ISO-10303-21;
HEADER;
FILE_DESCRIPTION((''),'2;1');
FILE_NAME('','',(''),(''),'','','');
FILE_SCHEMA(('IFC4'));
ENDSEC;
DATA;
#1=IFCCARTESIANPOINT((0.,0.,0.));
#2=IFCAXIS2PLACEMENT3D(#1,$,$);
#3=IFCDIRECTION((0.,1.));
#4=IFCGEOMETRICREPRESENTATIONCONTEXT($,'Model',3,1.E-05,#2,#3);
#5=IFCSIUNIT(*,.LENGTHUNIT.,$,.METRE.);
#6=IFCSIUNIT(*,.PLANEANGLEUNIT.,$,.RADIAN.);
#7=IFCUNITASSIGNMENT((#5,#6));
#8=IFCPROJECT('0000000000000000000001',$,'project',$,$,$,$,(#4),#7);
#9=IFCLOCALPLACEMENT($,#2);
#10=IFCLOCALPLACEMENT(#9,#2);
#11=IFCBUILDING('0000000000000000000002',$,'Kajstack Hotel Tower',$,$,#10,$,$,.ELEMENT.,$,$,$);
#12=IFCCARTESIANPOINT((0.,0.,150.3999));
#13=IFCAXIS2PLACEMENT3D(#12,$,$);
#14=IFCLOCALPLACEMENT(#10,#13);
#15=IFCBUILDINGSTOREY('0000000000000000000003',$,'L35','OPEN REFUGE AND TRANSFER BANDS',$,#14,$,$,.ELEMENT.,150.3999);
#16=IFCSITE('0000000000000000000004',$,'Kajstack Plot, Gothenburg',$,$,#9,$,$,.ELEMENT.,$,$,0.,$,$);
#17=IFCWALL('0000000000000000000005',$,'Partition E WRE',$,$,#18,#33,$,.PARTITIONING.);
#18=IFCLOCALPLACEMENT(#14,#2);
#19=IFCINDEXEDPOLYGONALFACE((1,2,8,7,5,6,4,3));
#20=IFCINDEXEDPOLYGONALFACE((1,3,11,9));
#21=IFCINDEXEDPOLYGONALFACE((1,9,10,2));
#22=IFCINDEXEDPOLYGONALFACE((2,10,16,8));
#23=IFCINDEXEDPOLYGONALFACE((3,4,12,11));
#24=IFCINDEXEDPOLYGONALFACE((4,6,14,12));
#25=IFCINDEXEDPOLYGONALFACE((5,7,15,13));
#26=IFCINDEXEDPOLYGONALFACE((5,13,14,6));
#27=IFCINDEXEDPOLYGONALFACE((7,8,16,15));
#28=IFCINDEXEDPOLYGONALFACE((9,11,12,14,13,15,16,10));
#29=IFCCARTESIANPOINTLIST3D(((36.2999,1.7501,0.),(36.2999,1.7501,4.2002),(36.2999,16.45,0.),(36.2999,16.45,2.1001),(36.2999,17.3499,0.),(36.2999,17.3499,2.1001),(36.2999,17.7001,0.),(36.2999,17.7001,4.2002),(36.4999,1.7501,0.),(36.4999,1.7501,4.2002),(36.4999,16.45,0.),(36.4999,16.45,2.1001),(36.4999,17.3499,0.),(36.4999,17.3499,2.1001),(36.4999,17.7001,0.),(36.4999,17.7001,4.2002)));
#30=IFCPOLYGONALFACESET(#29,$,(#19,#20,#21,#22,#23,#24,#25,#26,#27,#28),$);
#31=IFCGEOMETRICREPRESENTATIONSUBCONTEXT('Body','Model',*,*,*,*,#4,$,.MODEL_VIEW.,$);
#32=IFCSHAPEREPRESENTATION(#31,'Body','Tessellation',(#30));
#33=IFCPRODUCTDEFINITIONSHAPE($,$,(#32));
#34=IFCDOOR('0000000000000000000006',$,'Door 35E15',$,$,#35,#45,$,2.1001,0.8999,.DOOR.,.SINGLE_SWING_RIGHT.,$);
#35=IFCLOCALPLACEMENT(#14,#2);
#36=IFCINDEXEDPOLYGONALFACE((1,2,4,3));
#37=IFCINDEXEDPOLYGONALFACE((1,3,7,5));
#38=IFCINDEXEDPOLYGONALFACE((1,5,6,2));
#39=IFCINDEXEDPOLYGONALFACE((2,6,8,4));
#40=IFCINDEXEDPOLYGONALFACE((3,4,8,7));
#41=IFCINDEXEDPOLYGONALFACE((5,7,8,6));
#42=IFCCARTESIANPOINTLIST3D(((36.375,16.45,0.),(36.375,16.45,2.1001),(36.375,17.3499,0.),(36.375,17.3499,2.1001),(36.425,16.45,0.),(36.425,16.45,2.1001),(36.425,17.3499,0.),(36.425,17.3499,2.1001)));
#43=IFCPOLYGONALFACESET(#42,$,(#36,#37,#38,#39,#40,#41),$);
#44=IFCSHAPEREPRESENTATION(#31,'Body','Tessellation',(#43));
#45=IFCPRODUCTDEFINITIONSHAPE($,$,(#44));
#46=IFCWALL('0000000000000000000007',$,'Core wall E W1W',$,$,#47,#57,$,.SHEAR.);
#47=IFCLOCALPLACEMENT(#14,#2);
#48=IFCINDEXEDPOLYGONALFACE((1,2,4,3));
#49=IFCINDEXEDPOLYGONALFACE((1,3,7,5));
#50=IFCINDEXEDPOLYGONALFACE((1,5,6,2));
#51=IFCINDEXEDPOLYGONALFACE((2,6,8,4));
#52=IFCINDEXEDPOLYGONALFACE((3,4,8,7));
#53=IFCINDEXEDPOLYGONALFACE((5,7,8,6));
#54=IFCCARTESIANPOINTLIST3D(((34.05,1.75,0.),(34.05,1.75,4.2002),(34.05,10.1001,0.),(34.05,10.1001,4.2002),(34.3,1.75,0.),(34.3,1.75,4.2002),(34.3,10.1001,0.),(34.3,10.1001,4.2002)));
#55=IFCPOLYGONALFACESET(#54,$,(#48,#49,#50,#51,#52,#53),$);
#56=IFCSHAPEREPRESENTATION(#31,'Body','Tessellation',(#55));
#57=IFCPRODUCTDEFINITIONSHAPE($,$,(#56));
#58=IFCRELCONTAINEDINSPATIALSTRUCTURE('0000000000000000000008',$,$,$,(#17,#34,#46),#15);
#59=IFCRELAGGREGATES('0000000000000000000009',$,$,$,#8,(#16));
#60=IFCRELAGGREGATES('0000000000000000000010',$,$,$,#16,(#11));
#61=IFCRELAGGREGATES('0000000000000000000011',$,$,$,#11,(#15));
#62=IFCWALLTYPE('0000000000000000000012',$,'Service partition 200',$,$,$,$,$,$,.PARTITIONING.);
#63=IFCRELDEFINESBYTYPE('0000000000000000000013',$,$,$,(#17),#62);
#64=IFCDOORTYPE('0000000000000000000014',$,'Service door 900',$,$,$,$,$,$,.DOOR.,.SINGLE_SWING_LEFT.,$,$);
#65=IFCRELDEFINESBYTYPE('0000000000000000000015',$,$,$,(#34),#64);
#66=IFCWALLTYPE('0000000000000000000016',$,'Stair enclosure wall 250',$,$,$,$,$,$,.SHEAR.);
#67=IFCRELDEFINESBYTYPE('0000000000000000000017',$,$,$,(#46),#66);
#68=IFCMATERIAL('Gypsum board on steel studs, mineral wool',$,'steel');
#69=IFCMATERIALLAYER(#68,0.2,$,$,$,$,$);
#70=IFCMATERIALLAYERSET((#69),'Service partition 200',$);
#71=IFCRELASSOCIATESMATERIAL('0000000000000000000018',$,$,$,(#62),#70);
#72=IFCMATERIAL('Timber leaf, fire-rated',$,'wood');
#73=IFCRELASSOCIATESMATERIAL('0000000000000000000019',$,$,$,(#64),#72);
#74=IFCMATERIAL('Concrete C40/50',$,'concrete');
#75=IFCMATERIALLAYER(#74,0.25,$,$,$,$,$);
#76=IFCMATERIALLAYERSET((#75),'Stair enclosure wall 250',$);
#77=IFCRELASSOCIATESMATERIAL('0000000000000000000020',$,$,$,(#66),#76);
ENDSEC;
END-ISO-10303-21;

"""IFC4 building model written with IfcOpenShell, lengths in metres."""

from ifc_helpers import new_model, si_unit, direction, frame, frame_2d, origin, place, context, subcontext, project, spatial, rectangle, extrude, material, layer, layer_set, type_object, element, fill, save


model = new_model("IFC4")

# Units and contexts
model_context = context("Model", 3, precision=1e-05, world=origin(), true_north=direction((0.0, 1.0)))
body_context = subcontext(model_context, "Body", "Model", "MODEL_VIEW")
ifc_project = project(units=[si_unit("LENGTHUNIT", "METRE"), si_unit("PLANEANGLEUNIT", "RADIAN")], contexts=[model_context])

# Site, building, storey
site_placement = place(None, origin())
site = spatial("IfcSite", under=ifc_project, at=site_placement, Name="Kajstack Plot, Gothenburg", CompositionType="ELEMENT", RefElevation=0.0)
building_placement = place(site_placement, origin())
building = spatial("IfcBuilding", under=site, at=building_placement, Name="Kajstack Hotel Tower", CompositionType="ELEMENT")
storey_placement = place(building_placement, frame((0.0, 0.0, 150.3999)))
storey = spatial("IfcBuildingStorey", under=building, at=storey_placement, Name="L35", Description="OPEN REFUGE AND TRANSFER BANDS", CompositionType="ELEMENT", Elevation=150.3999)

# Wall, opening, door
ifc_material_1 = material(Name="Gypsum board on steel studs, mineral wool", Category="steel")
ifc_layer_1 = layer(ifc_material_1, 0.2)
ifc_layer_set_1 = layer_set([ifc_layer_1], Name="Service partition 200")
wall_type_1 = type_object("IfcWallType", Name="Service partition 200", PredefinedType="PARTITIONING", material=ifc_layer_set_1)
wall_1_placement = place(storey_placement, frame((36.3999, 1.75, 0.0), z_axis=(0.0, 0.0, 1.0), x_axis=(0.0, 1.0, 0.0)))
wall_1 = element("IfcWall", 1, at=wall_1_placement, inside=storey, type_object=wall_type_1, Name="Partition E WRE", PredefinedType="PARTITIONING", context=body_context, shape_type="SweptSolid", body=[
    extrude(rectangle(XDim=15.95, YDim=0.2, at=frame_2d((7.9751, 0.0))), origin(), (0.0, 0.0, 1.0), 4.2002),
])
opening_placement = place(wall_1_placement, frame((14.7, 0.0, 0.0)))
opening = element("IfcOpeningElement", 2, at=opening_placement, cuts=wall_1, PredefinedType="OPENING", context=body_context, shape_type="SweptSolid", body=[
    extrude(rectangle(XDim=0.8999, YDim=2.1001, at=frame_2d((0.45, 1.05))), frame((0.0, 0.1099, 0.0), z_axis=(0.0, -1.0, 0.0), x_axis=(1.0, 0.0, 0.0)), (0.0, 0.0, 1.0), 0.22),
])
ifc_material_2 = material(Name="Timber leaf, fire-rated", Category="wood")
door_type = type_object("IfcDoorType", Name="Service door 900", OperationType="SINGLE_SWING_LEFT", PredefinedType="DOOR", material=ifc_material_2)
door_placement = place(opening_placement, origin())
door = element("IfcDoor", 3, at=door_placement, inside=storey, type_object=door_type, Name="Door 35E15", OperationType="SINGLE_SWING_RIGHT", OverallHeight=2.1001, OverallWidth=0.8999, PredefinedType="DOOR", context=body_context, shape_type="SweptSolid", body=[
    extrude(rectangle(XDim=0.8999, YDim=2.1001, at=frame_2d((0.45, 1.05))), frame((0.0, 0.0249, 0.0), z_axis=(0.0, -1.0, 0.0), x_axis=(1.0, 0.0, 0.0)), (0.0, 0.0, 1.0), 0.05),
])
fill(opening, door)

# Wall
ifc_material_3 = material(Name="Concrete C40/50", Category="concrete")
ifc_layer_2 = layer(ifc_material_3, 0.25)
ifc_layer_set_2 = layer_set([ifc_layer_2], Name="Stair enclosure wall 250")
wall_type_2 = type_object("IfcWallType", Name="Stair enclosure wall 250", PredefinedType="SHEAR", material=ifc_layer_set_2)
wall_2_placement = place(storey_placement, frame((34.175, 1.75, 0.0), z_axis=(0.0, 0.0, 1.0), x_axis=(0.0, 1.0, 0.0)))
element("IfcWall", 4, at=wall_2_placement, inside=storey, type_object=wall_type_2, Name="Core wall E W1W", PredefinedType="SHEAR", context=body_context, shape_type="SweptSolid", body=[
    extrude(rectangle(XDim=8.3501, YDim=0.25, at=frame_2d((4.175, 0.0))), origin(), (0.0, 0.0, 1.0), 4.2002),
])

save(model, "model.ifc")
